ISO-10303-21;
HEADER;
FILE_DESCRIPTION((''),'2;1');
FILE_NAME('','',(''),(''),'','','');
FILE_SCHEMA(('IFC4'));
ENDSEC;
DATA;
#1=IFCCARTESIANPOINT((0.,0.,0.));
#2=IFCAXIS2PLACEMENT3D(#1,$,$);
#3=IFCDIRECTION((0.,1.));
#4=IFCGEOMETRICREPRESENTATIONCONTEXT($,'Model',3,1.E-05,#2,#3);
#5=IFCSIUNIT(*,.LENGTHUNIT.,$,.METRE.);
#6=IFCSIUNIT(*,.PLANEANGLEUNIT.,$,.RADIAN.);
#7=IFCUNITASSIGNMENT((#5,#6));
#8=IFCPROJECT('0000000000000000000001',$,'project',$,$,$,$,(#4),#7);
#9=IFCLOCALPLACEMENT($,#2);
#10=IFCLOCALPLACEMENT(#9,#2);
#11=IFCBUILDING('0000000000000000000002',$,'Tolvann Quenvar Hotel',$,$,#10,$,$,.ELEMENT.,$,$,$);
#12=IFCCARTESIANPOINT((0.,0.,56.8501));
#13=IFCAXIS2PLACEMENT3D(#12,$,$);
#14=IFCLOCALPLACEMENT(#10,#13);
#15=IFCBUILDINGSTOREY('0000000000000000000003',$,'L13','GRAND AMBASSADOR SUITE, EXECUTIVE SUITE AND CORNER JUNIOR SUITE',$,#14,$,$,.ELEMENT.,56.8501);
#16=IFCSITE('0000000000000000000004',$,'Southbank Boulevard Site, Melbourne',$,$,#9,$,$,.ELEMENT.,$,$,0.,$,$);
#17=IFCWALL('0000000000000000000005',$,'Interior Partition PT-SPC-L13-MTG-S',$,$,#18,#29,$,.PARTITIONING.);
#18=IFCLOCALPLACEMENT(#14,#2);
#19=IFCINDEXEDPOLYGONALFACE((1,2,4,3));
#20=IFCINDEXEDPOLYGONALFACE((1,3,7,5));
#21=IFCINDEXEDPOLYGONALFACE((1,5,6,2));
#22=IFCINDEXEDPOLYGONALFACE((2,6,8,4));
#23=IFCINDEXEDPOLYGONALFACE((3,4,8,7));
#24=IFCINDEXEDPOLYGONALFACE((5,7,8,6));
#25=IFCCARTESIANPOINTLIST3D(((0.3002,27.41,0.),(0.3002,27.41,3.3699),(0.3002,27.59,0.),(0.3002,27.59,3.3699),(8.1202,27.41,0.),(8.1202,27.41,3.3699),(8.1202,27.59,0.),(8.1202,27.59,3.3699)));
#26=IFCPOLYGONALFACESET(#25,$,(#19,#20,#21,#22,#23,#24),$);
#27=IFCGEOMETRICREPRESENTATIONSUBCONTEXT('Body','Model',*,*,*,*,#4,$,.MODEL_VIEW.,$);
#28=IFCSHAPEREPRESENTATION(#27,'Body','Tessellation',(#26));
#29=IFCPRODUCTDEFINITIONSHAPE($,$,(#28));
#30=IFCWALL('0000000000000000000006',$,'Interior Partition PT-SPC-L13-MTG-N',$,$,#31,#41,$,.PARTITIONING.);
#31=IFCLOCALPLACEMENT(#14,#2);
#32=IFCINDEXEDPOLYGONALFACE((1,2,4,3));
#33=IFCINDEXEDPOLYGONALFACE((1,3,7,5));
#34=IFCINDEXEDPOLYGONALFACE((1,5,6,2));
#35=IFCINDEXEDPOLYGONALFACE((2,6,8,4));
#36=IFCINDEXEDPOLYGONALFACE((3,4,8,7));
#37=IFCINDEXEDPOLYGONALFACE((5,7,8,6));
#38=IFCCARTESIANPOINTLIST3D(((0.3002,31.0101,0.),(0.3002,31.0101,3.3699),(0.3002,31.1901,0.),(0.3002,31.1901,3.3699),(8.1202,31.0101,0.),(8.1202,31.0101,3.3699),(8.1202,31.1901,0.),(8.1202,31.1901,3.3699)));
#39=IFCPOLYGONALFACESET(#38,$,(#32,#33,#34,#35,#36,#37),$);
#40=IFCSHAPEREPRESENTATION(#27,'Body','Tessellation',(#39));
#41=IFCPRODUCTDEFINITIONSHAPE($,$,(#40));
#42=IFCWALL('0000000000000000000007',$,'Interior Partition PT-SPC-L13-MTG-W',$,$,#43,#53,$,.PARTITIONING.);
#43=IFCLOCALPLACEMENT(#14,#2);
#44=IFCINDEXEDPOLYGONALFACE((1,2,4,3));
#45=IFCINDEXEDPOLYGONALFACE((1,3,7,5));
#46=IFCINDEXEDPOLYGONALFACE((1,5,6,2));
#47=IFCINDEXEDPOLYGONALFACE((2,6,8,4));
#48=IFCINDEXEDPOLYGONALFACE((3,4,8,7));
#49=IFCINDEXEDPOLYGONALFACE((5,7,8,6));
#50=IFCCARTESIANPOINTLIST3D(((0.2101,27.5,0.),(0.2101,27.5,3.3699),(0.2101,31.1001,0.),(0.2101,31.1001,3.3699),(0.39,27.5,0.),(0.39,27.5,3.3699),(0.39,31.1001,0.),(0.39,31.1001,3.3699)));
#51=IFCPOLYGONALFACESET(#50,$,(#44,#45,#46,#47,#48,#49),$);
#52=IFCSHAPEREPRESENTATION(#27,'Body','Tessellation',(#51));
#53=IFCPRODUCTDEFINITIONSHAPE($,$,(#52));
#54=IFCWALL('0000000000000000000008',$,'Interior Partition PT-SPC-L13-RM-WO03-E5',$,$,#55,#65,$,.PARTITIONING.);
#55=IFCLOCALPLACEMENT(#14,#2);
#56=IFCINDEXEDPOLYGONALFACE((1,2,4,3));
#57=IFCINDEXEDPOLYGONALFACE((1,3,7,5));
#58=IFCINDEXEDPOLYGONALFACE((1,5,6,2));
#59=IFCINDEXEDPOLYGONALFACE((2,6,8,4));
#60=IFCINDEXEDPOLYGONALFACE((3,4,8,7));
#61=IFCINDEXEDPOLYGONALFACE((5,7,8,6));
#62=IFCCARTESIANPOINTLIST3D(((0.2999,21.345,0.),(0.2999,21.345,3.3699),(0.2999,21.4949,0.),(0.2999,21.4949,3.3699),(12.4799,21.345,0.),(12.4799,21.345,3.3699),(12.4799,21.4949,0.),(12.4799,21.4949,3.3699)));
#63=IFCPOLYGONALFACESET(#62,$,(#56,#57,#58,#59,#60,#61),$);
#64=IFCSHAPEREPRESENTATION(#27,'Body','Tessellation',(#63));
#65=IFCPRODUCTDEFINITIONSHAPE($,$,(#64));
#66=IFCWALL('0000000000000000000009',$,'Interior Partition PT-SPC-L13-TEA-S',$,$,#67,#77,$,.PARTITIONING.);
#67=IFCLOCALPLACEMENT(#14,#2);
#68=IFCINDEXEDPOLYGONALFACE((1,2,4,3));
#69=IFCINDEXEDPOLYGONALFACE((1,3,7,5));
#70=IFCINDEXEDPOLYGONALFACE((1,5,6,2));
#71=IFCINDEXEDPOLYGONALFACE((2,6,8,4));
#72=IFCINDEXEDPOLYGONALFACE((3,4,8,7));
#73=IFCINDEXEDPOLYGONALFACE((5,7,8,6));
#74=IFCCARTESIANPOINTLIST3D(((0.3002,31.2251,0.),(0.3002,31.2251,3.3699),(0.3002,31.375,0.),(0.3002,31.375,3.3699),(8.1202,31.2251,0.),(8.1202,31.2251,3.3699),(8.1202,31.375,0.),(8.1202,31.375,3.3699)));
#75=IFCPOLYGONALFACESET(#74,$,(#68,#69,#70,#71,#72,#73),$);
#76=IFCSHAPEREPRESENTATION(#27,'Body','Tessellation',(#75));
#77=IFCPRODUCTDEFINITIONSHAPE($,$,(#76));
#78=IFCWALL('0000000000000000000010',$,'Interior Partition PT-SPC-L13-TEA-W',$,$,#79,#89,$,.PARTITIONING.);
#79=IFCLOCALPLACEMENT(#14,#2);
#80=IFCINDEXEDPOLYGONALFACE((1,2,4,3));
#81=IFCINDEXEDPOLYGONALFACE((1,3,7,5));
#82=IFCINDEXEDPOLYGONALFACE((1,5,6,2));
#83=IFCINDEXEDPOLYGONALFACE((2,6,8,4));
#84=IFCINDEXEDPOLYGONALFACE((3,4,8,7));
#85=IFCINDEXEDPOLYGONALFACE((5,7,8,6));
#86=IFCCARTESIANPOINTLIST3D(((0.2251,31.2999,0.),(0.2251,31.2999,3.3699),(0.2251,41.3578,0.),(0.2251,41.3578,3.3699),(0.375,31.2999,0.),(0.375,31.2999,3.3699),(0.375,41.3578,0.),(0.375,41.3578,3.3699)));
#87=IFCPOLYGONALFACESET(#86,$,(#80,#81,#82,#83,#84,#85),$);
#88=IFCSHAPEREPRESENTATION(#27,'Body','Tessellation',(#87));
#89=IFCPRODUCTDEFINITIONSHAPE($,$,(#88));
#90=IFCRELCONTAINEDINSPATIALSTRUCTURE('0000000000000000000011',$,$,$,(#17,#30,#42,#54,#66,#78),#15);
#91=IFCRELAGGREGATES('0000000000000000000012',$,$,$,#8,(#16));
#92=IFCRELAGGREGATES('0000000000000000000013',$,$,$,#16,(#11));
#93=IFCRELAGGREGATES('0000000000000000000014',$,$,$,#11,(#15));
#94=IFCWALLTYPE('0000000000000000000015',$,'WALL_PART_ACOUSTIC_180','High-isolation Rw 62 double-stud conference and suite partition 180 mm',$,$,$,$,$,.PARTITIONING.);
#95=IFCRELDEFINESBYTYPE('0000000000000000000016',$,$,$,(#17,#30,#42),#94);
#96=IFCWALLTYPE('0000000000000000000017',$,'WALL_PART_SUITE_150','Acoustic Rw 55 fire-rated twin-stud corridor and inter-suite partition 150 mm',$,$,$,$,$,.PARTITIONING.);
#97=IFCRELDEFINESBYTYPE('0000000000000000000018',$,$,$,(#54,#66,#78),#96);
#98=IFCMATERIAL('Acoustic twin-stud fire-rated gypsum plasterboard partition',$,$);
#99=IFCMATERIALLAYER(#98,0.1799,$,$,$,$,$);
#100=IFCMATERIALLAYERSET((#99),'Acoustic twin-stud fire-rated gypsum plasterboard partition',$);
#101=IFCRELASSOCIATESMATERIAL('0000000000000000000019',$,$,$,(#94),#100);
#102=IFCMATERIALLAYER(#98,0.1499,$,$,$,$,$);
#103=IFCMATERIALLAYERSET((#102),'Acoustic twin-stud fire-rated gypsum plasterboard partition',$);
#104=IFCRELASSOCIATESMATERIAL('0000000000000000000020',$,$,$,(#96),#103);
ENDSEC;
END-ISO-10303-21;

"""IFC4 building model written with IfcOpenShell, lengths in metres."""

from ifc_helpers import new_model, si_unit, direction, frame, frame_2d, origin, place, context, subcontext, project, spatial, rectangle, extrude, material, layer, layer_set, type_object, element, save


model = new_model("IFC4")

# Units and contexts
model_context = context("Model", 3, precision=1e-05, world=origin(), true_north=direction((0.0, 1.0)))
body_context = subcontext(model_context, "Body", "Model", "MODEL_VIEW")
ifc_project = project(units=[si_unit("LENGTHUNIT", "METRE"), si_unit("PLANEANGLEUNIT", "RADIAN")], contexts=[model_context])

# Site, building, storey
site_placement = place(None, origin())
site = spatial("IfcSite", under=ifc_project, at=site_placement, Name="Southbank Boulevard Site, Melbourne", CompositionType="ELEMENT", RefElevation=0.0)
building_placement = place(site_placement, origin())
building = spatial("IfcBuilding", under=site, at=building_placement, Name="Tolvann Quenvar Hotel", CompositionType="ELEMENT")
storey_placement = place(building_placement, frame((0.0, 0.0, 56.8501)))
storey = spatial("IfcBuildingStorey", under=building, at=storey_placement, Name="L13", Description="GRAND AMBASSADOR SUITE, EXECUTIVE SUITE AND CORNER JUNIOR SUITE", CompositionType="ELEMENT", Elevation=56.8501)

# Shared definitions
ifc_material_1 = material(Name="Acoustic twin-stud fire-rated gypsum plasterboard partition")
ifc_layer_1 = layer(ifc_material_1, 0.1799)
ifc_layer_set_1 = layer_set([ifc_layer_1], Name="Acoustic twin-stud fire-rated gypsum plasterboard partition")
wall_type_1 = type_object("IfcWallType", Name="WALL_PART_ACOUSTIC_180", Description="High-isolation Rw 62 double-stud conference and suite partition 180 mm", PredefinedType="PARTITIONING", material=ifc_layer_set_1)

# Walls
for number, where, z_axis, x_axis, name in (
    (1, (0.3, 27.5, 0.0), (0.0, 0.0, 1.0), (1.0, 0.0, 0.0), "Interior Partition PT-SPC-L13-MTG-S"),
    (2, (0.3, 31.1001, 0.0), (0.0, 0.0, 1.0), (1.0, 0.0, 0.0), "Interior Partition PT-SPC-L13-MTG-N"),
):
    element("IfcWall", number, at=place(storey_placement, frame(where, z_axis=z_axis, x_axis=x_axis)), inside=storey, type_object=wall_type_1, Name=name, PredefinedType="PARTITIONING", context=body_context, shape_type="SweptSolid", body=[
        extrude(rectangle(XDim=7.8201, YDim=0.1799, at=frame_2d((3.9102, 0.0))), origin(), (0.0, 0.0, 1.0), 3.3699),
    ])
wall_1_placement = place(storey_placement, frame((0.3, 27.5, 0.0), z_axis=(0.0, 0.0, 1.0), x_axis=(0.0, 1.0, 0.0)))
element("IfcWall", 3, at=wall_1_placement, inside=storey, type_object=wall_type_1, Name="Interior Partition PT-SPC-L13-MTG-W", PredefinedType="PARTITIONING", context=body_context, shape_type="SweptSolid", body=[
    extrude(rectangle(XDim=3.6001, YDim=0.1799, at=frame_2d((1.8, 0.0))), origin(), (0.0, 0.0, 1.0), 3.3699),
])
ifc_layer_2 = layer(ifc_material_1, 0.1499)
ifc_layer_set_2 = layer_set([ifc_layer_2], Name="Acoustic twin-stud fire-rated gypsum plasterboard partition")
wall_type_2 = type_object("IfcWallType", Name="WALL_PART_SUITE_150", Description="Acoustic Rw 55 fire-rated twin-stud corridor and inter-suite partition 150 mm", PredefinedType="PARTITIONING", material=ifc_layer_set_2)
wall_2_placement = place(storey_placement, frame((0.3, 21.4199, 0.0), z_axis=(0.0, 0.0, 1.0), x_axis=(1.0, 0.0, 0.0)))
element("IfcWall", 4, at=wall_2_placement, inside=storey, type_object=wall_type_2, Name="Interior Partition PT-SPC-L13-RM-WO03-E5", PredefinedType="PARTITIONING", context=body_context, shape_type="SweptSolid", body=[
    extrude(rectangle(XDim=12.1799, YDim=0.1499, at=frame_2d((6.0898, 0.0))), origin(), (0.0, 0.0, 1.0), 3.3699),
])
wall_3_placement = place(storey_placement, frame((0.3, 31.3, 0.0), z_axis=(0.0, 0.0, 1.0), x_axis=(1.0, 0.0, 0.0)))
element("IfcWall", 5, at=wall_3_placement, inside=storey, type_object=wall_type_2, Name="Interior Partition PT-SPC-L13-TEA-S", PredefinedType="PARTITIONING", context=body_context, shape_type="SweptSolid", body=[
    extrude(rectangle(XDim=7.8201, YDim=0.1499, at=frame_2d((3.9102, 0.0))), origin(), (0.0, 0.0, 1.0), 3.3699),
])
wall_4_placement = place(storey_placement, frame((0.3, 31.3, 0.0), z_axis=(0.0, 0.0, 1.0), x_axis=(0.0, 1.0, 0.0)))
element("IfcWall", 6, at=wall_4_placement, inside=storey, type_object=wall_type_2, Name="Interior Partition PT-SPC-L13-TEA-W", PredefinedType="PARTITIONING", context=body_context, shape_type="SweptSolid", body=[
    extrude(rectangle(XDim=10.0579, YDim=0.1499, at=frame_2d((5.0288, 0.0))), origin(), (0.0, 0.0, 1.0), 3.3699),
])

save(model, "model.ifc")
